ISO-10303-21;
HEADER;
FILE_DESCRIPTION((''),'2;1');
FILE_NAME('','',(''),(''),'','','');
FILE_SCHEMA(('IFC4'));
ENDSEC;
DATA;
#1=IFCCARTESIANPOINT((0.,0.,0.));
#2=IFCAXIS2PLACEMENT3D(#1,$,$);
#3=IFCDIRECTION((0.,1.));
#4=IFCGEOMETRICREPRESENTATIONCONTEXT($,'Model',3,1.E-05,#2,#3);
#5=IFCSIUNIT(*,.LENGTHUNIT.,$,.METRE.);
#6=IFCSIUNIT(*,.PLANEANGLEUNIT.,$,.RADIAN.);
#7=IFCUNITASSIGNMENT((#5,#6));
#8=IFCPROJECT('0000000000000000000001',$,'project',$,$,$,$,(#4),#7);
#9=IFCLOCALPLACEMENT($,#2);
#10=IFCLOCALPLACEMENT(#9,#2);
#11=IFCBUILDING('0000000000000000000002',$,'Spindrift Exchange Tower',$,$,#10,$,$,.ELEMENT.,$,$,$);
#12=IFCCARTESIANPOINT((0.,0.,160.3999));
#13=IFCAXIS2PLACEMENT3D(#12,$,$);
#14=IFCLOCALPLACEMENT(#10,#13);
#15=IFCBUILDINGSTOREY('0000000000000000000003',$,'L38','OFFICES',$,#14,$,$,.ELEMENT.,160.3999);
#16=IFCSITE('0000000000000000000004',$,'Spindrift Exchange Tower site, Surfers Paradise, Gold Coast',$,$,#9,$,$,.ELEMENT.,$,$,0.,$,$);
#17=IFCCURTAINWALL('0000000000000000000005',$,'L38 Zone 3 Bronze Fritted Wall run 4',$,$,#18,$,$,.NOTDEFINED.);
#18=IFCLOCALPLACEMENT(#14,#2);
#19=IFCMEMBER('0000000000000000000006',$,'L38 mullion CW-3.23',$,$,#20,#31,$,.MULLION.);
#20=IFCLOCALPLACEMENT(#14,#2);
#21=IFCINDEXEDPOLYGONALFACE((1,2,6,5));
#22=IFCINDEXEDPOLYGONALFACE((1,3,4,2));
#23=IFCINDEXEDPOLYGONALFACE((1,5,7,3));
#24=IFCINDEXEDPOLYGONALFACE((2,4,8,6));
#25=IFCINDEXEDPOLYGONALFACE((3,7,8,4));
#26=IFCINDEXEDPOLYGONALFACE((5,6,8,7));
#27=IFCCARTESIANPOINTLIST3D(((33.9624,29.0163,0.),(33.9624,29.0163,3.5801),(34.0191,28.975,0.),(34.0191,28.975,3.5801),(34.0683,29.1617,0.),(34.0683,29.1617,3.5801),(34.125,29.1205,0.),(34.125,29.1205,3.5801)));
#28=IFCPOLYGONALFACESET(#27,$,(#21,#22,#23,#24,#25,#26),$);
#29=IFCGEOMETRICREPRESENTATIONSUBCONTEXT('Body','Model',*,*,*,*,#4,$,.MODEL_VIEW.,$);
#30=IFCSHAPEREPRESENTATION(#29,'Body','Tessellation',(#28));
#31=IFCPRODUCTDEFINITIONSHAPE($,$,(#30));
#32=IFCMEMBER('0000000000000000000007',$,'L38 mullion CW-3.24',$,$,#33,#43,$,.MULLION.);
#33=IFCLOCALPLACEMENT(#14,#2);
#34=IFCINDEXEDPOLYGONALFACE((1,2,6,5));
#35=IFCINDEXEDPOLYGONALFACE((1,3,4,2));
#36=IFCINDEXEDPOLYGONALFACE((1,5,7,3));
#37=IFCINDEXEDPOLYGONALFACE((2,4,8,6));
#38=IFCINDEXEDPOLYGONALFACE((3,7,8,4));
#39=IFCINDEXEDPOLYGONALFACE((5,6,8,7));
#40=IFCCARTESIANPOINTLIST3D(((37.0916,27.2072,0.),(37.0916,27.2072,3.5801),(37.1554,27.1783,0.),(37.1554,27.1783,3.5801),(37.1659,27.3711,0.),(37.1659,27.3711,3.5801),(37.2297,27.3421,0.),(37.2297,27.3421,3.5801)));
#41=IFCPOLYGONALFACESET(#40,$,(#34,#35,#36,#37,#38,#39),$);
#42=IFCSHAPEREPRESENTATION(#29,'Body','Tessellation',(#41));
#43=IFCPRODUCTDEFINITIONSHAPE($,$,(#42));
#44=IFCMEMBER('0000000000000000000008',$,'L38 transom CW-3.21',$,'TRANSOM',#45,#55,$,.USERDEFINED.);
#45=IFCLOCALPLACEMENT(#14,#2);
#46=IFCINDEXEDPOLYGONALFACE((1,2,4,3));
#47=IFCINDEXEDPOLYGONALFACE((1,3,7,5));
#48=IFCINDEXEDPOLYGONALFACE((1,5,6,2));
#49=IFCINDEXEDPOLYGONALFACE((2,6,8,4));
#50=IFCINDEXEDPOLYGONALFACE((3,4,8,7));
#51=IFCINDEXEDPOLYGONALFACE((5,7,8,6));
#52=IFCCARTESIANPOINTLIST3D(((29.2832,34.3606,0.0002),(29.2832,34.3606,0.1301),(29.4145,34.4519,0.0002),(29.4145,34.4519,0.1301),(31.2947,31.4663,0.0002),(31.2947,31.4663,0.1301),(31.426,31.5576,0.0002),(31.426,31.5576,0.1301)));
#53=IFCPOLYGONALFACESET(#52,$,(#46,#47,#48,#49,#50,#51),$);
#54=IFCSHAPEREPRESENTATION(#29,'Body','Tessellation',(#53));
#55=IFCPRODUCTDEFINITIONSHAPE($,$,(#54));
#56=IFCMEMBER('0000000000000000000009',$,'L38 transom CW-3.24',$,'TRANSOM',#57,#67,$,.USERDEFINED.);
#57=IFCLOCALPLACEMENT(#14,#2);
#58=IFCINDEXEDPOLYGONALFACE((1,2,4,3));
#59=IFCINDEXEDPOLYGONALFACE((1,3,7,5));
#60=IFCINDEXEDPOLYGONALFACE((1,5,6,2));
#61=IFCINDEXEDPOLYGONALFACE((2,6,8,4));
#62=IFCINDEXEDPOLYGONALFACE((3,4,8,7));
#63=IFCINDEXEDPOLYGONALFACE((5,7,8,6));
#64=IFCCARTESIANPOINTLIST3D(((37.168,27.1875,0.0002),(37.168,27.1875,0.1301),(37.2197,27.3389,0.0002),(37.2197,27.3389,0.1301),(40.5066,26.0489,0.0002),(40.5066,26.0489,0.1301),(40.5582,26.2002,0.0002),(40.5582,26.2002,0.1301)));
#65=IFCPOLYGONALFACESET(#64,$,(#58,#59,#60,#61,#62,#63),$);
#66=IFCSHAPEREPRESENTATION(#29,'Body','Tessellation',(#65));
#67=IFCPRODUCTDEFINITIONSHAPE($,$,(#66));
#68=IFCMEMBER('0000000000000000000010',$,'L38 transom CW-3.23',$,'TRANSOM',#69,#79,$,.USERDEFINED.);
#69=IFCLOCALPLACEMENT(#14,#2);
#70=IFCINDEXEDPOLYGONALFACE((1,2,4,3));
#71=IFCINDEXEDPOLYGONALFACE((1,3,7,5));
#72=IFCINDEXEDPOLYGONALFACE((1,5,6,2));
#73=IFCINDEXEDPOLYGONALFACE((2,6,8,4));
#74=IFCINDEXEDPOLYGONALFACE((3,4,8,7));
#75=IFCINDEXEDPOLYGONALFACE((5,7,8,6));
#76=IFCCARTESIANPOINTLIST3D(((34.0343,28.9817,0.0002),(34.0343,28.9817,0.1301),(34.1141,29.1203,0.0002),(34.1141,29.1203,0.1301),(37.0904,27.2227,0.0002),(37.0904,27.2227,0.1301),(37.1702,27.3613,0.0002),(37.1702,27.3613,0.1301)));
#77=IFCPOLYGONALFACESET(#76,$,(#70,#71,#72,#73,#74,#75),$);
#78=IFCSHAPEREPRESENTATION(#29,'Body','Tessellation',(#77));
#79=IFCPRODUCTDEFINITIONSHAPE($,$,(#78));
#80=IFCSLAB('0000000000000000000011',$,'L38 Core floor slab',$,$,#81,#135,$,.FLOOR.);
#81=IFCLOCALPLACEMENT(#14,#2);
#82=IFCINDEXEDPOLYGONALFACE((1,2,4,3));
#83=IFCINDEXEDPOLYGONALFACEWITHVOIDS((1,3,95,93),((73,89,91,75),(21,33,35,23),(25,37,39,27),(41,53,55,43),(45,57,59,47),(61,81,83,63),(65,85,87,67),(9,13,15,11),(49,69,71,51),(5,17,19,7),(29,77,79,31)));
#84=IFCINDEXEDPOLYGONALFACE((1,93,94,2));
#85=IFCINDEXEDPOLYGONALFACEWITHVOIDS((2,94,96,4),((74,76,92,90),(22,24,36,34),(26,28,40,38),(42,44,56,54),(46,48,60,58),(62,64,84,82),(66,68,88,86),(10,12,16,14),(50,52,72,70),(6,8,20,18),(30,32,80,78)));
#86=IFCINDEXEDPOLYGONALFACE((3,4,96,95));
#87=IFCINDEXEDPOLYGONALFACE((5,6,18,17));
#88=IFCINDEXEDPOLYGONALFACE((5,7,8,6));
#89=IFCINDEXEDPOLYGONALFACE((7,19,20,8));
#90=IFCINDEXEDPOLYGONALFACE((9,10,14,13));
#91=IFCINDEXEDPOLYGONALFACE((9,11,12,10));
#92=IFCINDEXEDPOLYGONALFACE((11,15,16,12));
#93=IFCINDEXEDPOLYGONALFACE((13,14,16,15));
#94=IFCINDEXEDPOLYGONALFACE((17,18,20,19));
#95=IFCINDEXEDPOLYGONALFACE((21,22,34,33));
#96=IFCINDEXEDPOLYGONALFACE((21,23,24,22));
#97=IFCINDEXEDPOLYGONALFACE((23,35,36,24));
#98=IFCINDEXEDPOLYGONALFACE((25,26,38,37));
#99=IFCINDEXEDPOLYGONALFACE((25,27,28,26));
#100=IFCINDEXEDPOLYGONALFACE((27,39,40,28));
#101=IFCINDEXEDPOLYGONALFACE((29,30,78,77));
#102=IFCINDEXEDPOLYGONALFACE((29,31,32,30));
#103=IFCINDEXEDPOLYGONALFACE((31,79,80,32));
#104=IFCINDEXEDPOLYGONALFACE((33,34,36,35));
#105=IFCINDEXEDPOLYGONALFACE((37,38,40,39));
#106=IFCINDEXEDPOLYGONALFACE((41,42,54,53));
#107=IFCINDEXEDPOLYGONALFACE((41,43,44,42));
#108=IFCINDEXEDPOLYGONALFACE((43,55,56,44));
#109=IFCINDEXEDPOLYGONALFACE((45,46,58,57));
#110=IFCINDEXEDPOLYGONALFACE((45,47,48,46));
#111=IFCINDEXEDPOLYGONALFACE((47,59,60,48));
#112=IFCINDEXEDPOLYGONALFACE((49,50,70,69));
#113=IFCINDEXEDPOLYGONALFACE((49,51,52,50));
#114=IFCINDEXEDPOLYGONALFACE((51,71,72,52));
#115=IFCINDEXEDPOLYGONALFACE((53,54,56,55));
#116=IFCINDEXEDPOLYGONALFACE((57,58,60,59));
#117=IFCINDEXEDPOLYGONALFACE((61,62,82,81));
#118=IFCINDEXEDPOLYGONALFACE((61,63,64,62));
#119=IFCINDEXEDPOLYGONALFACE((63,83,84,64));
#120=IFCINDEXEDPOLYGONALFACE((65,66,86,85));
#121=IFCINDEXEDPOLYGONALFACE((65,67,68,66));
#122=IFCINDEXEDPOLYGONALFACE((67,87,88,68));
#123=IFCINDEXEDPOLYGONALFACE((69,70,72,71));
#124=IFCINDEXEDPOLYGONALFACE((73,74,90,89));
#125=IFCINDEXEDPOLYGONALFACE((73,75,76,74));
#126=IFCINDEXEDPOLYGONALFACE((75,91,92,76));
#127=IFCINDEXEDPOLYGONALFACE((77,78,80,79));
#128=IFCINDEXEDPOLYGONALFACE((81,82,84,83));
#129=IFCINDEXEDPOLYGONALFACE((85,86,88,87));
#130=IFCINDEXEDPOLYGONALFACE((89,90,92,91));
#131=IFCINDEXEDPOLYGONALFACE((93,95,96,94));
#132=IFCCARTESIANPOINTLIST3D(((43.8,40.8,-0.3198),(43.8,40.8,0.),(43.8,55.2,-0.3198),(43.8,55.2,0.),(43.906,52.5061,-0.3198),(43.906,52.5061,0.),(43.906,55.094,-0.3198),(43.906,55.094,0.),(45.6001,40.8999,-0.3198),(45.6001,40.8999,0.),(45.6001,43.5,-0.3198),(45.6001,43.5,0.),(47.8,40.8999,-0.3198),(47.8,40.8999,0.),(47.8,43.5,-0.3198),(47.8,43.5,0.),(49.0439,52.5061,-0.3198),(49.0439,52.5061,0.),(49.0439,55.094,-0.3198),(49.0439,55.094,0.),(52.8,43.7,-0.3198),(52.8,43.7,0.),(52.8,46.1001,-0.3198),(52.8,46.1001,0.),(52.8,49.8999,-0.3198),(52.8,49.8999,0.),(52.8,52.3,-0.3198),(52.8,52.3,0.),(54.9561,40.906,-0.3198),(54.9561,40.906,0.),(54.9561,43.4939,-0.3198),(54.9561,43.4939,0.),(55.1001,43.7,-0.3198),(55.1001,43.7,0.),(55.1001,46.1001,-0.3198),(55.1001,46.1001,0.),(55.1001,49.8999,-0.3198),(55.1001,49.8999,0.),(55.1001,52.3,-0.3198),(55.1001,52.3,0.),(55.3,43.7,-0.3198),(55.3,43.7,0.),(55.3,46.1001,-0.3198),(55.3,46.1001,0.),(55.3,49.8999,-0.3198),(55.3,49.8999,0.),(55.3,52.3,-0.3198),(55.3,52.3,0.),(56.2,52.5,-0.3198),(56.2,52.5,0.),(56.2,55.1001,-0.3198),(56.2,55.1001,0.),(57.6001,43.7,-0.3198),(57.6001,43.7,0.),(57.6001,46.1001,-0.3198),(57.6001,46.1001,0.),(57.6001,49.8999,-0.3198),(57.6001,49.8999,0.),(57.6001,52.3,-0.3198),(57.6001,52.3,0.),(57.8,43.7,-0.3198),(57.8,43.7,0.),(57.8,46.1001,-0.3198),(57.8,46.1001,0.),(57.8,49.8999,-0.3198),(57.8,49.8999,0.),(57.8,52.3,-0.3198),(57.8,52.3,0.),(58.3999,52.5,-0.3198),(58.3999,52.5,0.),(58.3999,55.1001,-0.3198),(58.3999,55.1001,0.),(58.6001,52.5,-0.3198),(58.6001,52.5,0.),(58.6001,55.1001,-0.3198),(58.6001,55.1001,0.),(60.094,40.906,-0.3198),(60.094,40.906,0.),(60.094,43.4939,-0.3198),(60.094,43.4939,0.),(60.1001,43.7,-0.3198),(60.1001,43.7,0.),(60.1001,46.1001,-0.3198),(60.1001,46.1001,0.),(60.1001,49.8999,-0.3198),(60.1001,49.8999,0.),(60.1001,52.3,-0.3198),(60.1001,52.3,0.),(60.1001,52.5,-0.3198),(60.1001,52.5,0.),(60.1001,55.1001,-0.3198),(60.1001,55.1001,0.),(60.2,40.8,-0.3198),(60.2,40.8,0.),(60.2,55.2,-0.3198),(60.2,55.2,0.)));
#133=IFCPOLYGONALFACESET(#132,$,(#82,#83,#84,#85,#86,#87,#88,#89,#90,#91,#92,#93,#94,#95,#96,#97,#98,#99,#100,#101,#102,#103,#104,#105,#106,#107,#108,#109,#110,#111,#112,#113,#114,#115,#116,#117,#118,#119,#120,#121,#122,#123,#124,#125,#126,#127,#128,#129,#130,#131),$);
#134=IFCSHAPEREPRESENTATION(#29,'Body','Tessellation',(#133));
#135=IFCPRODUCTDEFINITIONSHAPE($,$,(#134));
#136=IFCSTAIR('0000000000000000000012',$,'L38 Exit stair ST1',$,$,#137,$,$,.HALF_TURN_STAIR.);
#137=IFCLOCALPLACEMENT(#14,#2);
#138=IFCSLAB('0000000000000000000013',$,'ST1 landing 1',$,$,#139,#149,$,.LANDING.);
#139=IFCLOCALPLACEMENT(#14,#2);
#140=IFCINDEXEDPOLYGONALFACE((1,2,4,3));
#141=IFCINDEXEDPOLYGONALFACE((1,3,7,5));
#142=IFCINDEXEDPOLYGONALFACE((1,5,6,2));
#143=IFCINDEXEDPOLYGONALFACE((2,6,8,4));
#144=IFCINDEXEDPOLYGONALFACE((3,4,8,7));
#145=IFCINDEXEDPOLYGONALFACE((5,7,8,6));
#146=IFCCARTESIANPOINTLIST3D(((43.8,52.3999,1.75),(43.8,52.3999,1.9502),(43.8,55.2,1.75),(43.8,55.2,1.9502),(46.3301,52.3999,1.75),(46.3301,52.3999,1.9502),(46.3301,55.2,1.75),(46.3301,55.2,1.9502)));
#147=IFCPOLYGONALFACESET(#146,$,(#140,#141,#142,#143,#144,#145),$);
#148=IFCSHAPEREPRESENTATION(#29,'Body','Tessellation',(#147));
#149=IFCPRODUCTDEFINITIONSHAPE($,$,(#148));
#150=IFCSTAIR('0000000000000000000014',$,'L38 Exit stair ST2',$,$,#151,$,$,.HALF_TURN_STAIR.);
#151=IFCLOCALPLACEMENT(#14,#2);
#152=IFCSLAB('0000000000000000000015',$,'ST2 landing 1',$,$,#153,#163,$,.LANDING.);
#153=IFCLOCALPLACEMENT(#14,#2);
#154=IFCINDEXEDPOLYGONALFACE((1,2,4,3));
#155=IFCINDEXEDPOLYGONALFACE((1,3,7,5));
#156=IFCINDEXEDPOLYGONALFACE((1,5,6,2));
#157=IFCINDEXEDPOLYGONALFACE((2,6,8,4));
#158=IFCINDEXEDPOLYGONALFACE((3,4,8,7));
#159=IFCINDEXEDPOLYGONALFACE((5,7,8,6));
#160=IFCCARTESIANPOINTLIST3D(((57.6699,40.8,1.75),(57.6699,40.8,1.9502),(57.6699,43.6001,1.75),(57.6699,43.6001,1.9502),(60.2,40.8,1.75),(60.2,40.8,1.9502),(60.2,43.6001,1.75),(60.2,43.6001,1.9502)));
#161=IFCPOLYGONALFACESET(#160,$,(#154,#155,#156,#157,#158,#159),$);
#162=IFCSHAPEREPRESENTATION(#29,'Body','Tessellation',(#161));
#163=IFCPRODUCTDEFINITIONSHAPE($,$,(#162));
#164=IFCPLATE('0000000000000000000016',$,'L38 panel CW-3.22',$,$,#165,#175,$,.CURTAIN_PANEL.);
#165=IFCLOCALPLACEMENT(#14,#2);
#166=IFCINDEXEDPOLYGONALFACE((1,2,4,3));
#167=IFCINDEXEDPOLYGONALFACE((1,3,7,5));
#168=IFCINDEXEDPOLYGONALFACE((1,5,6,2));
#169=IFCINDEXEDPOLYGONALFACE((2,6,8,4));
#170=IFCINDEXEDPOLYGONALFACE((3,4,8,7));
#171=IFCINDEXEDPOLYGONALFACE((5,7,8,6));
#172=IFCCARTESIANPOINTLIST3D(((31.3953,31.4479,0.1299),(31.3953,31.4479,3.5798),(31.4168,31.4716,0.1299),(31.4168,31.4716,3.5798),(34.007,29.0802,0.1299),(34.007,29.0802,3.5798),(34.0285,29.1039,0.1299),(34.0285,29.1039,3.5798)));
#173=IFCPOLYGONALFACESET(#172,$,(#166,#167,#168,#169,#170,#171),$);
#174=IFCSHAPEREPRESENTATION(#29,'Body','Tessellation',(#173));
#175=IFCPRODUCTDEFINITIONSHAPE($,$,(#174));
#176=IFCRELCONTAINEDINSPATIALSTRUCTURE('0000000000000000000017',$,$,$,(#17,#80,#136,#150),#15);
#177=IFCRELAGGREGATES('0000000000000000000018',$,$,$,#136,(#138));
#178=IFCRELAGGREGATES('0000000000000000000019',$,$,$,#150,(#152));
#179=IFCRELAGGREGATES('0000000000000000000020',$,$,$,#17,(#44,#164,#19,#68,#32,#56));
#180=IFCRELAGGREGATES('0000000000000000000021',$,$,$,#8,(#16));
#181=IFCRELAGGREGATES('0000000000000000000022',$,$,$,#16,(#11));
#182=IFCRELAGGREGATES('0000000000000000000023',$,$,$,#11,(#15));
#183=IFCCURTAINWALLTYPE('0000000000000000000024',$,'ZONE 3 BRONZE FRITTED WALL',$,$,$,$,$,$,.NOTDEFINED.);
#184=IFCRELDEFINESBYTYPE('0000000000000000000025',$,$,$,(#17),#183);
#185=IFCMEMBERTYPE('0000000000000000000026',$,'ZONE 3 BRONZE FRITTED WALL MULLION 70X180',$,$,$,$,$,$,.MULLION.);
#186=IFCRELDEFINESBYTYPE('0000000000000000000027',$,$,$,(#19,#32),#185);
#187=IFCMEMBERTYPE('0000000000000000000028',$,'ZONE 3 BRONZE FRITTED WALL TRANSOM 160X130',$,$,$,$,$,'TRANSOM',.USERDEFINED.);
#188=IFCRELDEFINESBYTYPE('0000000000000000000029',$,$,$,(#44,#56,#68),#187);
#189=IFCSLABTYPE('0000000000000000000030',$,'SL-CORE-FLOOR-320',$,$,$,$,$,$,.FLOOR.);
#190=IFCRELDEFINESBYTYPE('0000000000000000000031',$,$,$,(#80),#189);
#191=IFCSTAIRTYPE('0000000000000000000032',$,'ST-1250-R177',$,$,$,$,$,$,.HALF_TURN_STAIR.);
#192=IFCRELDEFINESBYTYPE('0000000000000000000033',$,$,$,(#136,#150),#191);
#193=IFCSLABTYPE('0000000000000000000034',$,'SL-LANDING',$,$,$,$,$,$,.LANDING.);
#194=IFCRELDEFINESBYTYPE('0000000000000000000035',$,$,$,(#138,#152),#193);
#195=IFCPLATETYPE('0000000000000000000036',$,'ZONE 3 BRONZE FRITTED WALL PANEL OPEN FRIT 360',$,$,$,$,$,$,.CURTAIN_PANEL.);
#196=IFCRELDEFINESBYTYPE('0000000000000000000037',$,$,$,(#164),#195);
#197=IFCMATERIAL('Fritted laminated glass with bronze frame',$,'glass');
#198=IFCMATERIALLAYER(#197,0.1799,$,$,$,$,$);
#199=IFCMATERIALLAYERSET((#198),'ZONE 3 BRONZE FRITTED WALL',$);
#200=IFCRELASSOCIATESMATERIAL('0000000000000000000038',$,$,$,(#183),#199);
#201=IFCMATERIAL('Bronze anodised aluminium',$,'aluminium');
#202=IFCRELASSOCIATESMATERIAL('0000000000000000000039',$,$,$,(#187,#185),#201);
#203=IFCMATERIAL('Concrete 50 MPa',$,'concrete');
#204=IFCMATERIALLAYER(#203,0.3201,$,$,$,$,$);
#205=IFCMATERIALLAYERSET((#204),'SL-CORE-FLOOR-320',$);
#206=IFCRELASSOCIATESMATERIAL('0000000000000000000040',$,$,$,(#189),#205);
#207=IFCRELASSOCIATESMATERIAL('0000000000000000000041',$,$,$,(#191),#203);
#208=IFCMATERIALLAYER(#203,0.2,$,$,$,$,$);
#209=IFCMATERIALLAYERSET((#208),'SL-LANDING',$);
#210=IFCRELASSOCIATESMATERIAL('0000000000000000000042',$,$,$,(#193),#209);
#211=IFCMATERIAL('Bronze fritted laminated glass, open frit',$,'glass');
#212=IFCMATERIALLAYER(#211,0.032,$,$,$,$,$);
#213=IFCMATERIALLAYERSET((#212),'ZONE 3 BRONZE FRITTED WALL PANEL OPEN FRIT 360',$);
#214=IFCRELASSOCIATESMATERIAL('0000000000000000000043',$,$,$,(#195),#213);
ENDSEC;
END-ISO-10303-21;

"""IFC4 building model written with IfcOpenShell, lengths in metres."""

from ifc_helpers import new_model, si_unit, direction, frame, origin, origin_2d, place, context, subcontext, project, spatial, line, indexed_curve, rectangle, outline, extrude, source, transform, mapped, material, layer, layer_set, material_profile, profile_set, type_object, element, aggregate, save


model = new_model("IFC4")

# Units and contexts
model_context = context("Model", 3, precision=1e-05, world=origin(), true_north=direction((0.0, 1.0)))
body_context = subcontext(model_context, "Body", "Model", "MODEL_VIEW")
ifc_project = project(units=[si_unit("LENGTHUNIT", "METRE"), si_unit("PLANEANGLEUNIT", "RADIAN")], contexts=[model_context])

# Site, building, storey
site_placement = place(None, origin())
site = spatial("IfcSite", under=ifc_project, at=site_placement, Name="Spindrift Exchange Tower site, Surfers Paradise, Gold Coast", CompositionType="ELEMENT", RefElevation=0.0)
building_placement = place(site_placement, origin())
building = spatial("IfcBuilding", under=site, at=building_placement, Name="Spindrift Exchange Tower", CompositionType="ELEMENT")
storey_placement = place(building_placement, frame((0.0, 0.0, 160.3999)))
storey = spatial("IfcBuildingStorey", under=building, at=storey_placement, Name="L38", Description="OFFICES", CompositionType="ELEMENT", Elevation=160.3999)

# Shared definitions
ifc_material_1 = material(Name="Concrete 50 MPa", Category="concrete")

# Curtain wall, members
ifc_material_2 = material(Name="Fritted laminated glass with bronze frame", Category="glass")
ifc_layer_1 = layer(ifc_material_2, 0.1799)
ifc_layer_set_1 = layer_set([ifc_layer_1], Name="ZONE 3 BRONZE FRITTED WALL")
curtain_wall_type = type_object("IfcCurtainWallType", Name="ZONE 3 BRONZE FRITTED WALL", PredefinedType="NOTDEFINED", material=ifc_layer_set_1)
curtain_wall_placement = place(storey_placement, origin())
curtain_wall = element("IfcCurtainWall", 1, at=curtain_wall_placement, inside=storey, type_object=curtain_wall_type, Name="L38 Zone 3 Bronze Fritted Wall run 4", PredefinedType="NOTDEFINED")
ifc_material_3 = material(Name="Bronze anodised aluminium", Category="aluminium")
ifc_material_profile_1 = material_profile(ifc_material_3, rectangle(XDim=0.1599, YDim=0.1299, at=origin_2d()), Name="ZONE 3 BRONZE FRITTED WALL TRANSOM 160X130")
ifc_profile_set_1 = profile_set([ifc_material_profile_1], Name="Bronze anodised aluminium")
member_type_1 = type_object("IfcMemberType", Name="ZONE 3 BRONZE FRITTED WALL TRANSOM 160X130", ElementType="TRANSOM", PredefinedType="USERDEFINED", material=ifc_profile_set_1)
ifc_material_profile_2 = material_profile(ifc_material_3, rectangle(XDim=0.0701, YDim=0.1799, at=origin_2d()), Name="ZONE 3 BRONZE FRITTED WALL MULLION 70X180")
ifc_profile_set_2 = profile_set([ifc_material_profile_2], Name="Bronze anodised aluminium")
member_type_2 = type_object("IfcMemberType", Name="ZONE 3 BRONZE FRITTED WALL MULLION 70X180", PredefinedType="MULLION", material=ifc_profile_set_2)
shared_shape_1 = source(origin(), body_context, "Body", "SweptSolid", [
    extrude(rectangle(XDim=0.0701, YDim=0.1799, at=origin_2d()), origin(), (0.0, 0.0, 1.0), 3.5801),
])
member_1_placement = place(storey_placement, frame((34.0437, 29.0684, 0.0), z_axis=(0.0, 0.0, 1.0), x_axis=(0.808422, -0.588603, 0.0)))
member_1 = element("IfcMember", 2, at=member_1_placement, type_object=member_type_2, Name="L38 mullion CW-3.23", PredefinedType="MULLION", context=body_context, shape_type="MappedRepresentation", body=[
    mapped(shared_shape_1, transform((0.0, 0.0, 0.0), scale=1.0)),
])
member_2_placement = place(storey_placement, frame((37.1606, 27.2747, 0.0), z_axis=(0.0, 0.0, 1.0), x_axis=(0.910847, -0.412743, 0.0)))
member_2 = element("IfcMember", 3, at=member_2_placement, type_object=member_type_2, Name="L38 mullion CW-3.24", PredefinedType="MULLION", context=body_context, shape_type="MappedRepresentation", body=[
    mapped(shared_shape_1, transform((0.0, 0.0, 0.0), scale=1.0)),
])
shared_shape_2 = source(origin(), body_context, "Body", "SweptSolid", [
    extrude(rectangle(XDim=0.1599, YDim=0.1299, at=origin_2d()), origin(), (0.0, 0.0, 1.0), 3.5247),
])
member_3_placement = place(storey_placement, frame((29.3489, 34.4062, 0.0652), z_axis=(0.570693, -0.821163, 0.0), x_axis=(0.821163, 0.570693, 0.0)))
member_3 = element("IfcMember", 4, at=member_3_placement, type_object=member_type_1, Name="L38 transom CW-3.21", ObjectType="TRANSOM", PredefinedType="USERDEFINED", context=body_context, shape_type="MappedRepresentation", body=[
    mapped(shared_shape_2, transform((0.0, 0.0, 0.0), scale=1.0)),
])
shared_shape_3 = source(origin(), body_context, "Body", "SweptSolid", [
    extrude(rectangle(XDim=0.1599, YDim=0.1299, at=origin_2d()), origin(), (0.0, 0.0, 1.0), 3.5273),
])
member_4_placement = place(storey_placement, frame((37.1938, 27.2632, 0.0652), z_axis=(0.946466, -0.322802, 0.0), x_axis=(0.322802, 0.946466, 0.0)))
member_4 = element("IfcMember", 5, at=member_4_placement, type_object=member_type_1, Name="L38 transom CW-3.24", ObjectType="TRANSOM", PredefinedType="USERDEFINED", context=body_context, shape_type="MappedRepresentation", body=[
    mapped(shared_shape_3, transform((0.0, 0.0, 0.0), scale=1.0)),
])
shared_shape_4 = source(origin(), body_context, "Body", "SweptSolid", [
    extrude(rectangle(XDim=0.1599, YDim=0.1299, at=origin_2d()), origin(), (0.0, 0.0, 1.0), 3.5261),
])
member_5_placement = place(storey_placement, frame((34.0742, 29.051, 0.0652), z_axis=(0.866692, -0.498843, 0.0), x_axis=(0.498843, 0.866692, 0.0)))
member_5 = element("IfcMember", 6, at=member_5_placement, type_object=member_type_1, Name="L38 transom CW-3.23", ObjectType="TRANSOM", PredefinedType="USERDEFINED", context=body_context, shape_type="MappedRepresentation", body=[
    mapped(shared_shape_4, transform((0.0, 0.0, 0.0), scale=1.0)),
])

# Slab
ifc_layer_2 = layer(ifc_material_1, 0.3201)
ifc_layer_set_2 = layer_set([ifc_layer_2], Name="SL-CORE-FLOOR-320")
slab_type_1 = type_object("IfcSlabType", Name="SL-CORE-FLOOR-320", PredefinedType="FLOOR", material=ifc_layer_set_2)
slab_1_placement = place(storey_placement, frame((0.0, 0.0, -0.3198)))
element("IfcSlab", 7, at=slab_1_placement, inside=storey, type_object=slab_type_1, Name="L38 Core floor slab", PredefinedType="FLOOR", context=body_context, shape_type="SweptSolid", body=[
    extrude(outline(indexed_curve([(43.8, 40.8), (43.8, 55.2), (60.2, 55.2), (60.2, 40.8)], segments=[line(1, 2, 3, 4, 1)], self_intersect=False), holes=[indexed_curve([(45.6001, 43.5), (45.6001, 40.8999), (47.8, 40.8999), (47.8, 43.5)], segments=[line(1, 2, 3, 4, 1)], self_intersect=False), indexed_curve([(52.8, 46.1001), (52.8, 43.7), (55.1001, 43.7), (55.1001, 46.1001)], segments=[line(1, 2, 3, 4, 1)], self_intersect=False), indexed_curve([(55.3, 46.1001), (55.3, 43.7), (57.6001, 43.7), (57.6001, 46.1001)], segments=[line(1, 2, 3, 4, 1)], self_intersect=False), indexed_curve([(55.1001, 52.3), (52.8, 52.3), (52.8, 49.8999), (55.1001, 49.8999)], segments=[line(1, 2, 3, 4, 1)], self_intersect=False), indexed_curve([(57.6001, 52.3), (55.3, 52.3), (55.3, 49.8999), (57.6001, 49.8999)], segments=[line(1, 2, 3, 4, 1)], self_intersect=False), indexed_curve([(43.906, 52.5061), (49.0439, 52.5061), (49.0439, 55.094), (43.906, 55.094)], segments=[line(1, 2, 3, 4, 1)], self_intersect=False), indexed_curve([(60.094, 40.906), (60.094, 43.4939), (54.9561, 43.4939), (54.9561, 40.906)], segments=[line(1, 2, 3, 4, 1)], self_intersect=False), indexed_curve([(60.1001, 46.1001), (57.8, 46.1001), (57.8, 43.7), (60.1001, 43.7)], segments=[line(1, 2, 3, 4, 1)], self_intersect=False), indexed_curve([(57.8, 52.3), (57.8, 49.8999), (60.1001, 49.8999), (60.1001, 52.3)], segments=[line(1, 2, 3, 4, 1)], self_intersect=False), indexed_curve([(58.3999, 55.1001), (56.2, 55.1001), (56.2, 52.5), (58.3999, 52.5)], segments=[line(1, 2, 3, 4, 1)], self_intersect=False), indexed_curve([(60.1001, 55.1001), (58.6001, 55.1001), (58.6001, 52.5), (60.1001, 52.5)], segments=[line(1, 2, 3, 4, 1)], self_intersect=False)]), origin(), (0.0, 0.0, 1.0), 0.3198),
])

# Stairs, slabs
stair_type = type_object("IfcStairType", Name="ST-1250-R177", PredefinedType="HALF_TURN_STAIR", material=ifc_material_1)
stair_1_placement = place(storey_placement, origin())
stair_1 = element("IfcStair", 8, at=stair_1_placement, inside=storey, type_object=stair_type, Name="L38 Exit stair ST1", PredefinedType="HALF_TURN_STAIR")
ifc_layer_3 = layer(ifc_material_1, 0.2)
ifc_layer_set_3 = layer_set([ifc_layer_3], Name="SL-LANDING")
slab_type_2 = type_object("IfcSlabType", Name="SL-LANDING", PredefinedType="LANDING", material=ifc_layer_set_3)
slab_2_placement = place(storey_placement, frame((0.0, 0.0, 1.75)))
slab_2 = element("IfcSlab", 9, at=slab_2_placement, type_object=slab_type_2, Name="ST1 landing 1", PredefinedType="LANDING", context=body_context, shape_type="SweptSolid", body=[
    extrude(outline(indexed_curve([(46.3301, 52.3999), (43.8, 52.3999), (43.8, 55.2), (46.3301, 55.2)], segments=[line(1, 2, 3, 4, 1)], self_intersect=False)), origin(), (0.0, 0.0, 1.0), 0.2002),
])
aggregate(stair_1, [slab_2])
stair_2_placement = place(storey_placement, origin())
stair_2 = element("IfcStair", 10, at=stair_2_placement, inside=storey, type_object=stair_type, Name="L38 Exit stair ST2", PredefinedType="HALF_TURN_STAIR")
slab_3_placement = place(storey_placement, frame((0.0, 0.0, 1.75)))
slab_3 = element("IfcSlab", 11, at=slab_3_placement, type_object=slab_type_2, Name="ST2 landing 1", PredefinedType="LANDING", context=body_context, shape_type="SweptSolid", body=[
    extrude(outline(indexed_curve([(57.6699, 43.6001), (60.2, 43.6001), (60.2, 40.8), (57.6699, 40.8)], segments=[line(1, 2, 3, 4, 1)], self_intersect=False)), origin(), (0.0, 0.0, 1.0), 0.2002),
])
aggregate(stair_2, [slab_3])

# Plate
ifc_material_4 = material(Name="Bronze fritted laminated glass, open frit", Category="glass")
ifc_layer_4 = layer(ifc_material_4, 0.032)
ifc_layer_set_4 = layer_set([ifc_layer_4], Name="ZONE 3 BRONZE FRITTED WALL PANEL OPEN FRIT 360")
plate_type_1 = type_object("IfcPlateType", Name="ZONE 3 BRONZE FRITTED WALL PANEL OPEN FRIT 360", PredefinedType="CURTAIN_PANEL", material=ifc_layer_set_4)
shared_shape_5 = source(origin(), body_context, "Body", "SweptSolid", [
    extrude(rectangle(XDim=3.5251, YDim=0.032, at=origin_2d()), origin(), (0.0, 0.0, 1.0), 3.45),
])
plate_1_placement = place(storey_placement, frame((32.7119, 30.2759, 0.1299), z_axis=(0.0, 0.0, 1.0), x_axis=(0.740862, -0.671657, 0.0)))
plate_1 = element("IfcPlate", 12, at=plate_1_placement, type_object=plate_type_1, Name="L38 panel CW-3.22", PredefinedType="CURTAIN_PANEL", context=body_context, shape_type="MappedRepresentation", body=[
    mapped(shared_shape_5, transform((0.0, 0.0, 0.0), scale=1.0)),
])
aggregate(curtain_wall, [member_3, plate_1, member_1, member_5, member_2, member_4])

save(model, "model.ifc")
